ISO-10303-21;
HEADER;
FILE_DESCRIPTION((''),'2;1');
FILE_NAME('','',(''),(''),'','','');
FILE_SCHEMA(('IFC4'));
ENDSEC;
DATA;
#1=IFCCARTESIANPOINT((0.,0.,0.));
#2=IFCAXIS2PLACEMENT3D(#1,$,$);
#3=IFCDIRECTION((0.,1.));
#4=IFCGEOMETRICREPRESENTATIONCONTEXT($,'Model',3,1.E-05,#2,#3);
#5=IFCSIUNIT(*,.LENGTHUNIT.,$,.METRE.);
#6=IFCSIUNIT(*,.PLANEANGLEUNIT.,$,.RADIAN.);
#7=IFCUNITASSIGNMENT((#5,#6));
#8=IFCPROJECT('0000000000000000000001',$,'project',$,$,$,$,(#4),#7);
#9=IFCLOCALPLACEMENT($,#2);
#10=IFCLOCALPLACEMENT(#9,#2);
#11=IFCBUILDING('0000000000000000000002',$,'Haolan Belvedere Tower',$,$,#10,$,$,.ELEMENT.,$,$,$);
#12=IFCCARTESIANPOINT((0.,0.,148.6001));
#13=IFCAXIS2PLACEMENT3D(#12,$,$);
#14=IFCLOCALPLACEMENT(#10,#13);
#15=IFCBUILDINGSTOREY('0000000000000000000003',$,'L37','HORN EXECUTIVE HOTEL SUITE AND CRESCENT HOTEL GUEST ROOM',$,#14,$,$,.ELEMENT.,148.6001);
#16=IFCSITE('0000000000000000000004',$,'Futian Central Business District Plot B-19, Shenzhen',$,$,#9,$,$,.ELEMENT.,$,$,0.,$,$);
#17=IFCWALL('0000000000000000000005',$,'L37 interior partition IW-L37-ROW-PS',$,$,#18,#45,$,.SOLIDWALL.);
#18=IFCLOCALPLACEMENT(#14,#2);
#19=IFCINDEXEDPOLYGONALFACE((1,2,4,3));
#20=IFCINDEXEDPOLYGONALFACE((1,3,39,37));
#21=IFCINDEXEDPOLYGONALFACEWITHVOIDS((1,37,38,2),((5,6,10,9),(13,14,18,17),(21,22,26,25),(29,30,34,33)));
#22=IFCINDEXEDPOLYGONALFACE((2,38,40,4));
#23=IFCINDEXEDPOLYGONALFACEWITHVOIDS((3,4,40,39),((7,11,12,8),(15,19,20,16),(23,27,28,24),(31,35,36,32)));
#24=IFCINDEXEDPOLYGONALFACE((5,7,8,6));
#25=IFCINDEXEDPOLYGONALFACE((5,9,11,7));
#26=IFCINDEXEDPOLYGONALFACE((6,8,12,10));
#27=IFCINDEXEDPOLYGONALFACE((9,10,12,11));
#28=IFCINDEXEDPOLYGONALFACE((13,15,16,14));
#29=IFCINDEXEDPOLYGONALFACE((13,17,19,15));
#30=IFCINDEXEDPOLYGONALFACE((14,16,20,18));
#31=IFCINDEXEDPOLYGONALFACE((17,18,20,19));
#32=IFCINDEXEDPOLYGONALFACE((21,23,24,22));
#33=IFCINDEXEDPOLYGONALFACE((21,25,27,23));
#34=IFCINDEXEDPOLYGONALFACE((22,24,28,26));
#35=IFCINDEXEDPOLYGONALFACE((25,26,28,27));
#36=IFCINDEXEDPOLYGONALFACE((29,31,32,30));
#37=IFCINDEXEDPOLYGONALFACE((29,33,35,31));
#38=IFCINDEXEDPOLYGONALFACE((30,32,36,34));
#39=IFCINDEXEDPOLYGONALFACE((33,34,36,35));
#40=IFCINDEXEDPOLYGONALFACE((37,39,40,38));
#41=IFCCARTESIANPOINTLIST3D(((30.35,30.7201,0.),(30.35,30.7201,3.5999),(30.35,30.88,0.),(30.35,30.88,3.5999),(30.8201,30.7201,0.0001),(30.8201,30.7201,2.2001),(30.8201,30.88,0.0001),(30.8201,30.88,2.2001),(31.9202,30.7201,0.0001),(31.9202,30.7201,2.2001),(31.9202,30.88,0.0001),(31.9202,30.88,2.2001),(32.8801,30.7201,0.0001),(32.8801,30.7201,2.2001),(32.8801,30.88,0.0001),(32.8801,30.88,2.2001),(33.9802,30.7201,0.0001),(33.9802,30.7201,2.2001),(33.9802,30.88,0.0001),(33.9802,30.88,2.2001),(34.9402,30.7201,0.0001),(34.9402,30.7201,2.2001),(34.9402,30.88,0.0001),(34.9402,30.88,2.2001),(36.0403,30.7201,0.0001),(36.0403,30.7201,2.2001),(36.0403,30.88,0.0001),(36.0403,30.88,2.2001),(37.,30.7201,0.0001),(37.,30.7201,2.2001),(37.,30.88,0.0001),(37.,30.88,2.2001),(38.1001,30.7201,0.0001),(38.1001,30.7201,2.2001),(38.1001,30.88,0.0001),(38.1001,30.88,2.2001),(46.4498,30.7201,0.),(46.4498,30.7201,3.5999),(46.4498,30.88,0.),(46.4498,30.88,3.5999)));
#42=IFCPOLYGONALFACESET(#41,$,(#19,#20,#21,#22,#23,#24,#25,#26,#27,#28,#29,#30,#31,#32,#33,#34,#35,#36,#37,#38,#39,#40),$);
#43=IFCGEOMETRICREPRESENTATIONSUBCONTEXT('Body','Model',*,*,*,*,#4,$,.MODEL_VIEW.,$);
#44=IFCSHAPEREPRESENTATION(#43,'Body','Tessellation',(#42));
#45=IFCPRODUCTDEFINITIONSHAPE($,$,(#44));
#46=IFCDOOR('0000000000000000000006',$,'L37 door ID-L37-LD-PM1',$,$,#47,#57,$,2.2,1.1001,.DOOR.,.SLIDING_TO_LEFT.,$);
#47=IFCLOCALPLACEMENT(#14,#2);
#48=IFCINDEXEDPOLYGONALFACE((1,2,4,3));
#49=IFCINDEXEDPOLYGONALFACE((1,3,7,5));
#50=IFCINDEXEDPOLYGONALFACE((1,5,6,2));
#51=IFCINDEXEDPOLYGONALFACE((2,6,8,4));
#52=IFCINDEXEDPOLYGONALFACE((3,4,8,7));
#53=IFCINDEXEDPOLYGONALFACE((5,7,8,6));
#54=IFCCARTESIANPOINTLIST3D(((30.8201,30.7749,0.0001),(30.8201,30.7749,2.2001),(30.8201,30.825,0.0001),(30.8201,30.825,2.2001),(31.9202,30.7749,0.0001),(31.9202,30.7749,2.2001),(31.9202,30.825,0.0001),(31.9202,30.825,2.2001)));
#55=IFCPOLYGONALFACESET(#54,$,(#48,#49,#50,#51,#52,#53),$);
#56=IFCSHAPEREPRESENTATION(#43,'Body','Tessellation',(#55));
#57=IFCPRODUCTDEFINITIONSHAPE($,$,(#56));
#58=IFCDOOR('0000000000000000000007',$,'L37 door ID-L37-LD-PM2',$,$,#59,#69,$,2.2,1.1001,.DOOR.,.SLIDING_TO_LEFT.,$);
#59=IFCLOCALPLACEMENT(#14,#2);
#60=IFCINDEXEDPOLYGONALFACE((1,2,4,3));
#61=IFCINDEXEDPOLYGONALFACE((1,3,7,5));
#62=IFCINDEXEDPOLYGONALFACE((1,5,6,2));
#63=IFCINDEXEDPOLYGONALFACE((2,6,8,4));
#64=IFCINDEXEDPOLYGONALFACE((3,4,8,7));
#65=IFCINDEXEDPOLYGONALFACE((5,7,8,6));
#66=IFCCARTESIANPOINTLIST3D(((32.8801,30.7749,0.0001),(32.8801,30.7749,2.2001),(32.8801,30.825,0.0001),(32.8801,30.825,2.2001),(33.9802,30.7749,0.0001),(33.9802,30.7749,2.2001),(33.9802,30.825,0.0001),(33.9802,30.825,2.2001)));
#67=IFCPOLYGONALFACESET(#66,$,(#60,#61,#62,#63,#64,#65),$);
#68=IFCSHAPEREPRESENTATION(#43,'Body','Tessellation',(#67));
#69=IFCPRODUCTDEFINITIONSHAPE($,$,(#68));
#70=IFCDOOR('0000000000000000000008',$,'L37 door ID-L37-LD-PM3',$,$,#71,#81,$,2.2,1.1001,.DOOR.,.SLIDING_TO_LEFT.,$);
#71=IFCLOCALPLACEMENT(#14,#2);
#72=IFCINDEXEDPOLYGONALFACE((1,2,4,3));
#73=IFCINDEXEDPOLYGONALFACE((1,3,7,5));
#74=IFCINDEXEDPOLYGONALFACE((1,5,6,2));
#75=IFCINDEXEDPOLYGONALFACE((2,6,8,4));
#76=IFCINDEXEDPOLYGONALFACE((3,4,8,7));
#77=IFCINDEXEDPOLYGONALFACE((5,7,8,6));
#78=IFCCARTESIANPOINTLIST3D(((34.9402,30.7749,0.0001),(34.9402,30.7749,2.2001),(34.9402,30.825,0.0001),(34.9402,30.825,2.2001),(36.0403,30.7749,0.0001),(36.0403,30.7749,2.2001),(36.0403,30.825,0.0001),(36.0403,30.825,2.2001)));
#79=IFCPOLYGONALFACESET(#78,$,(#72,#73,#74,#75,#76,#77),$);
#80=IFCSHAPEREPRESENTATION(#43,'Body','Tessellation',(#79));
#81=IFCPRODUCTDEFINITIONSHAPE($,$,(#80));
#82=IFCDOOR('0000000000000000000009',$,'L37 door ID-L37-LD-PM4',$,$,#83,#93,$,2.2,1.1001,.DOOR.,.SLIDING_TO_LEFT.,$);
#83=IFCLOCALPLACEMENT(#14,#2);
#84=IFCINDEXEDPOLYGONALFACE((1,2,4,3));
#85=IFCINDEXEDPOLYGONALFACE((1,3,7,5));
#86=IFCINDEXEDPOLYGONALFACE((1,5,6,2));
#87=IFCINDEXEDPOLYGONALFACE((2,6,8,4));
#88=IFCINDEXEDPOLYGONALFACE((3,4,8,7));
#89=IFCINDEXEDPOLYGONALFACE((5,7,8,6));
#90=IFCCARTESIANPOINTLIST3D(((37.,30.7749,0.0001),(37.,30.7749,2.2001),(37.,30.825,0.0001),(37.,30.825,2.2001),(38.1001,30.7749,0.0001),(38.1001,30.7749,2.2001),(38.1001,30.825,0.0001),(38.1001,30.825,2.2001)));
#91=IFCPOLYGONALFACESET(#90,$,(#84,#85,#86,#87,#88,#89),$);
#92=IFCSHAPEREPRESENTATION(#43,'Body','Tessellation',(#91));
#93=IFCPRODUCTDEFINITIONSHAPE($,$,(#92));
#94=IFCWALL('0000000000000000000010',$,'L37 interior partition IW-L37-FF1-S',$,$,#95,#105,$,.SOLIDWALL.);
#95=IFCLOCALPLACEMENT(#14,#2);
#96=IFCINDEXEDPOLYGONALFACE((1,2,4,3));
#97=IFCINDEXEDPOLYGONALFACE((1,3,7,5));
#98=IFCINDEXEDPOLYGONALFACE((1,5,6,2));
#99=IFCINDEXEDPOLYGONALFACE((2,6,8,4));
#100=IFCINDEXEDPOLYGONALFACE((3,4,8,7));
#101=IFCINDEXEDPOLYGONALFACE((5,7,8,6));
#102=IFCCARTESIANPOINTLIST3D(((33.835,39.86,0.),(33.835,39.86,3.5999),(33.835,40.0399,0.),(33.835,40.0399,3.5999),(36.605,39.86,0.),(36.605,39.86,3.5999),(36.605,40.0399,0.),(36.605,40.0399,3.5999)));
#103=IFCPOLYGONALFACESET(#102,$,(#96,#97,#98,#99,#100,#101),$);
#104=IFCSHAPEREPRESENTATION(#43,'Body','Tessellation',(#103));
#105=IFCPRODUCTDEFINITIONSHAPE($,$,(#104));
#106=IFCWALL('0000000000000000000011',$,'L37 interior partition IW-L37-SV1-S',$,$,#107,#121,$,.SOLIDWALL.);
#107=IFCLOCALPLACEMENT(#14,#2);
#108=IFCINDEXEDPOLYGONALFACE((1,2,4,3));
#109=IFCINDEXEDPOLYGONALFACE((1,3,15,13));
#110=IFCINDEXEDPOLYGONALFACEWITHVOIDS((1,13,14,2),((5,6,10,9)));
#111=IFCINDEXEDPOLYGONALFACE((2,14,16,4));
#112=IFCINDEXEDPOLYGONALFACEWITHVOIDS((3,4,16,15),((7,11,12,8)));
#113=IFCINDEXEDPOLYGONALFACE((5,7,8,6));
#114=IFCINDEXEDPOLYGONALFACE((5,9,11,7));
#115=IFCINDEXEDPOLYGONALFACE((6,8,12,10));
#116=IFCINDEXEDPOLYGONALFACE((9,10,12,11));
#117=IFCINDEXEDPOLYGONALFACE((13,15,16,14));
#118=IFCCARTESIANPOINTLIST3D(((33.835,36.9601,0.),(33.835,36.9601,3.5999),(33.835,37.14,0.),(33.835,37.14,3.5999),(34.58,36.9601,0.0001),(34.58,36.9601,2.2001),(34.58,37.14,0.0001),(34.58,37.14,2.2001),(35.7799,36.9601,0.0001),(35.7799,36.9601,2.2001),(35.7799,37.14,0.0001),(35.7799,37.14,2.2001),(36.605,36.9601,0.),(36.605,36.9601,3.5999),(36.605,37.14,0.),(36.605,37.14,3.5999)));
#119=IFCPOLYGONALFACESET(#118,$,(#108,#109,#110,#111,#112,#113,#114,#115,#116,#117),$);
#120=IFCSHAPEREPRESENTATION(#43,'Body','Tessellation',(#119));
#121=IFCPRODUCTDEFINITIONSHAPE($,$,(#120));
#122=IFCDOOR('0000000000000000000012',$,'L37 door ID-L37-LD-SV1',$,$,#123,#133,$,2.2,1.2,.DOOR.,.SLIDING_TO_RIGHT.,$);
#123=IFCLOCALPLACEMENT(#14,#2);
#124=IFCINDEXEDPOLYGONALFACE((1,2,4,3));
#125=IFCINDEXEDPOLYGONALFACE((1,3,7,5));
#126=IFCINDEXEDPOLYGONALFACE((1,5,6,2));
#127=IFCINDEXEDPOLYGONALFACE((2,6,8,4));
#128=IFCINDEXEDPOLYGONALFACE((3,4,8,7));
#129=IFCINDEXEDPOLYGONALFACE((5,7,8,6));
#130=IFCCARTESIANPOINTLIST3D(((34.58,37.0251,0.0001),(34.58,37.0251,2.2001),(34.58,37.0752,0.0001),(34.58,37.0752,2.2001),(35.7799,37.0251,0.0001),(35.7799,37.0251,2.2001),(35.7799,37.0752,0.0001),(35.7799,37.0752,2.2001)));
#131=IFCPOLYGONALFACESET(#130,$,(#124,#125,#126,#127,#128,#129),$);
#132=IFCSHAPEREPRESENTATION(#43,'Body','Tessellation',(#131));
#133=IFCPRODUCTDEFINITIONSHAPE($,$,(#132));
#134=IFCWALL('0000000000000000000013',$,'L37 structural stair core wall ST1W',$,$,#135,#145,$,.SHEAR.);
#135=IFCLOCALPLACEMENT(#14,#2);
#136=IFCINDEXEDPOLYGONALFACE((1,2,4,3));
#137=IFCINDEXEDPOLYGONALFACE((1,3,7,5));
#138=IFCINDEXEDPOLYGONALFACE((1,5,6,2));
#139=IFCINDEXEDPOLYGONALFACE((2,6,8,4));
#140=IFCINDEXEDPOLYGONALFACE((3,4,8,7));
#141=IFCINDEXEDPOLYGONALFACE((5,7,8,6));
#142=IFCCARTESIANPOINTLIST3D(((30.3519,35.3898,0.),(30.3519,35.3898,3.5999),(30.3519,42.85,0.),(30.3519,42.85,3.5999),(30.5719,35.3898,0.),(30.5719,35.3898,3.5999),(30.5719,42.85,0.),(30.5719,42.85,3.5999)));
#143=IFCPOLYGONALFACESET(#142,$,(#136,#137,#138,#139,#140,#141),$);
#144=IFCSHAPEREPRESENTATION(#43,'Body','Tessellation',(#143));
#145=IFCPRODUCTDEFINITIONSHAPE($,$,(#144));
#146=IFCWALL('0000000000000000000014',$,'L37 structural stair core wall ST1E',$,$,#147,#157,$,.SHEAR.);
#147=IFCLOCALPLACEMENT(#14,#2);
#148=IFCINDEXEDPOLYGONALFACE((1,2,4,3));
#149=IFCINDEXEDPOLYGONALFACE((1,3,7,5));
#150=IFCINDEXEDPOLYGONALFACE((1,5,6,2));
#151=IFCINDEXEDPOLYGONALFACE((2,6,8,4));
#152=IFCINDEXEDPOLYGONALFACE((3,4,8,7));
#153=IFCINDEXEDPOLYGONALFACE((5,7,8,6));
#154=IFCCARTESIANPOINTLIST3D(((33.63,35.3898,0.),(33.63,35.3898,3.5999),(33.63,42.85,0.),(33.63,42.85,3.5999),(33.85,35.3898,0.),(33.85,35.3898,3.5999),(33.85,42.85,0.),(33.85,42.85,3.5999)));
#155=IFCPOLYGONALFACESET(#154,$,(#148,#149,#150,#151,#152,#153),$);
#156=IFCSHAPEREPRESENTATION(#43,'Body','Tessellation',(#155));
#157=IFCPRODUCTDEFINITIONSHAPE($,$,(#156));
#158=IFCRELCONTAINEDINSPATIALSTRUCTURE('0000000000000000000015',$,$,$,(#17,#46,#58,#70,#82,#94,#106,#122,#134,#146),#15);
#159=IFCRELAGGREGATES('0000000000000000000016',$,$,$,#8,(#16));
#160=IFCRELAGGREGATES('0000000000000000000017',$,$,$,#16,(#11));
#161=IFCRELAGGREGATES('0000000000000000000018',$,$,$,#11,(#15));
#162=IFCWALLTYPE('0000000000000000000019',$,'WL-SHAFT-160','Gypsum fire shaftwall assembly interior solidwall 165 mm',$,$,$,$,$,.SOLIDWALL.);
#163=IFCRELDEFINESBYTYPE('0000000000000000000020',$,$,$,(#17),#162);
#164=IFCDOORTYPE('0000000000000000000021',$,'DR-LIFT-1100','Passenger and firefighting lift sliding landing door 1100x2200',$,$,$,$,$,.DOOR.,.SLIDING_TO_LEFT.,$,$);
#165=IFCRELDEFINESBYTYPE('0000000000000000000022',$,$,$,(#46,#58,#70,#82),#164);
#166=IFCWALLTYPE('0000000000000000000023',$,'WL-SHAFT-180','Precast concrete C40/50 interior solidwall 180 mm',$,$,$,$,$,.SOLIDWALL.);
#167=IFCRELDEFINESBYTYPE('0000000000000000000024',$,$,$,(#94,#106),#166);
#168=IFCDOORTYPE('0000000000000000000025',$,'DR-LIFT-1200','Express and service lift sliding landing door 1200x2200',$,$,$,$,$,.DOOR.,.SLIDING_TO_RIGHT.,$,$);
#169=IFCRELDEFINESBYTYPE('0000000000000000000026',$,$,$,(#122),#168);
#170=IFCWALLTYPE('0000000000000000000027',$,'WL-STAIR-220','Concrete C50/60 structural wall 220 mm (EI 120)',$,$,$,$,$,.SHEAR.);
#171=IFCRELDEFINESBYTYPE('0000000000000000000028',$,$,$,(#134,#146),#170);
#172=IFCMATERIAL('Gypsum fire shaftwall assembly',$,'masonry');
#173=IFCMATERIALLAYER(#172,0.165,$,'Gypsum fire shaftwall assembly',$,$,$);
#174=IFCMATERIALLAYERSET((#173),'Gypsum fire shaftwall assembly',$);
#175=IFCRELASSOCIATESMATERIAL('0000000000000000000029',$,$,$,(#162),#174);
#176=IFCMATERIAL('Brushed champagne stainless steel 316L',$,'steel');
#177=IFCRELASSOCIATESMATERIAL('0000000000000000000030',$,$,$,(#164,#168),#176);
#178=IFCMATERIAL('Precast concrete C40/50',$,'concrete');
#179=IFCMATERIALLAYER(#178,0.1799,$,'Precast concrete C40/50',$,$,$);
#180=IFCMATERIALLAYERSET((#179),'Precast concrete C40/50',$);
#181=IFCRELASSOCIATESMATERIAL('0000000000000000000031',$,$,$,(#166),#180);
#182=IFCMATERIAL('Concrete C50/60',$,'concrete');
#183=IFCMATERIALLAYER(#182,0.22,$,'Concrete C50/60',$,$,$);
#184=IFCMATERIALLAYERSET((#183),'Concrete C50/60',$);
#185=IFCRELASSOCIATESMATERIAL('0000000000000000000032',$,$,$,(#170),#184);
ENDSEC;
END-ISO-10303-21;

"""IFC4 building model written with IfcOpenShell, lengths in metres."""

from ifc_helpers import new_model, si_unit, direction, frame, frame_2d, origin, place, context, subcontext, project, spatial, rectangle, extrude, material, layer, layer_set, type_object, element, fill, save


model = new_model("IFC4")

# Units and contexts
model_context = context("Model", 3, precision=1e-05, world=origin(), true_north=direction((0.0, 1.0)))
body_context = subcontext(model_context, "Body", "Model", "MODEL_VIEW")
ifc_project = project(units=[si_unit("LENGTHUNIT", "METRE"), si_unit("PLANEANGLEUNIT", "RADIAN")], contexts=[model_context])

# Site, building, storey
site_placement = place(None, origin())
site = spatial("IfcSite", under=ifc_project, at=site_placement, Name="Futian Central Business District Plot B-19, Shenzhen", CompositionType="ELEMENT", RefElevation=0.0)
building_placement = place(site_placement, origin())
building = spatial("IfcBuilding", under=site, at=building_placement, Name="Haolan Belvedere Tower", CompositionType="ELEMENT")
storey_placement = place(building_placement, frame((0.0, 0.0, 148.6001)))
storey = spatial("IfcBuildingStorey", under=building, at=storey_placement, Name="L37", Description="HORN EXECUTIVE HOTEL SUITE AND CRESCENT HOTEL GUEST ROOM", CompositionType="ELEMENT", Elevation=148.6001)

# Shared definitions
ifc_material_1 = material(Name="Gypsum fire shaftwall assembly", Category="masonry")
ifc_layer_1 = layer(ifc_material_1, 0.165, Name="Gypsum fire shaftwall assembly")
ifc_layer_set_1 = layer_set([ifc_layer_1], Name="Gypsum fire shaftwall assembly")
wall_type_1 = type_object("IfcWallType", Name="WL-SHAFT-160", Description="Gypsum fire shaftwall assembly interior solidwall 165 mm", PredefinedType="SOLIDWALL", material=ifc_layer_set_1)

# Wall, openings, doors
wall_1_placement = place(storey_placement, frame((30.3501, 30.8, 0.0), z_axis=(0.0, 0.0, 1.0), x_axis=(1.0, 0.0, 0.0)))
wall_1 = element("IfcWall", 1, at=wall_1_placement, inside=storey, type_object=wall_type_1, Name="L37 interior partition IW-L37-ROW-PS", PredefinedType="SOLIDWALL", context=body_context, shape_type="SweptSolid", body=[
    extrude(rectangle(XDim=16.0999, YDim=0.1599, at=frame_2d((8.0498, 0.0))), origin(), (0.0, 0.0, 1.0), 3.5999),
])
opening_1_placement = place(wall_1_placement, frame((0.47, 0.0, 0.0)))
opening_1 = element("IfcOpeningElement", 2, at=opening_1_placement, cuts=wall_1, PredefinedType="OPENING", context=body_context, shape_type="SweptSolid", body=[
    extrude(rectangle(XDim=1.1001, YDim=2.2, at=frame_2d((0.55, 1.1001))), frame((0.0, 0.0898, 0.0), z_axis=(0.0, -1.0, 0.0), x_axis=(1.0, 0.0, 0.0)), (0.0, 0.0, 1.0), 0.1799),
])
opening_2_placement = place(wall_1_placement, frame((2.53, 0.0, 0.0)))
opening_2 = element("IfcOpeningElement", 3, at=opening_2_placement, cuts=wall_1, PredefinedType="OPENING", context=body_context, shape_type="SweptSolid", body=[
    extrude(rectangle(XDim=1.1001, YDim=2.2, at=frame_2d((0.55, 1.1001))), frame((0.0, 0.0898, 0.0), z_axis=(0.0, -1.0, 0.0), x_axis=(1.0, 0.0, 0.0)), (0.0, 0.0, 1.0), 0.1799),
])
opening_3_placement = place(wall_1_placement, frame((4.5901, 0.0, 0.0)))
opening_3 = element("IfcOpeningElement", 4, at=opening_3_placement, cuts=wall_1, PredefinedType="OPENING", context=body_context, shape_type="SweptSolid", body=[
    extrude(rectangle(XDim=1.1001, YDim=2.2, at=frame_2d((0.55, 1.1001))), frame((0.0, 0.0898, 0.0), z_axis=(0.0, -1.0, 0.0), x_axis=(1.0, 0.0, 0.0)), (0.0, 0.0, 1.0), 0.1799),
])
opening_4_placement = place(wall_1_placement, frame((6.6499, 0.0, 0.0)))
opening_4 = element("IfcOpeningElement", 5, at=opening_4_placement, cuts=wall_1, PredefinedType="OPENING", context=body_context, shape_type="SweptSolid", body=[
    extrude(rectangle(XDim=1.1001, YDim=2.2, at=frame_2d((0.55, 1.1001))), frame((0.0, 0.0898, 0.0), z_axis=(0.0, -1.0, 0.0), x_axis=(1.0, 0.0, 0.0)), (0.0, 0.0, 1.0), 0.1799),
])
ifc_material_2 = material(Name="Brushed champagne stainless steel 316L", Category="steel")
door_type_1 = type_object("IfcDoorType", Name="DR-LIFT-1100", Description="Passenger and firefighting lift sliding landing door 1100x2200", OperationType="SLIDING_TO_LEFT", PredefinedType="DOOR", material=ifc_material_2)
door_1_placement = place(opening_1_placement, origin())
door_1 = element("IfcDoor", 6, at=door_1_placement, inside=storey, type_object=door_type_1, Name="L37 door ID-L37-LD-PM1", OperationType="SLIDING_TO_LEFT", OverallHeight=2.2, OverallWidth=1.1001, PredefinedType="DOOR", context=body_context, shape_type="SweptSolid", body=[
    extrude(rectangle(XDim=1.1001, YDim=2.2, at=frame_2d((0.55, 1.1001))), frame((0.0, 0.0249, 0.0), z_axis=(0.0, -1.0, 0.0), x_axis=(1.0, 0.0, 0.0)), (0.0, 0.0, 1.0), 0.05),
])
fill(opening_1, door_1)
door_2_placement = place(opening_2_placement, origin())
door_2 = element("IfcDoor", 7, at=door_2_placement, inside=storey, type_object=door_type_1, Name="L37 door ID-L37-LD-PM2", OperationType="SLIDING_TO_LEFT", OverallHeight=2.2, OverallWidth=1.1001, PredefinedType="DOOR", context=body_context, shape_type="SweptSolid", body=[
    extrude(rectangle(XDim=1.1001, YDim=2.2, at=frame_2d((0.55, 1.1001))), frame((0.0, 0.0249, 0.0), z_axis=(0.0, -1.0, 0.0), x_axis=(1.0, 0.0, 0.0)), (0.0, 0.0, 1.0), 0.05),
])
fill(opening_2, door_2)
door_3_placement = place(opening_3_placement, origin())
door_3 = element("IfcDoor", 8, at=door_3_placement, inside=storey, type_object=door_type_1, Name="L37 door ID-L37-LD-PM3", OperationType="SLIDING_TO_LEFT", OverallHeight=2.2, OverallWidth=1.1001, PredefinedType="DOOR", context=body_context, shape_type="SweptSolid", body=[
    extrude(rectangle(XDim=1.1001, YDim=2.2, at=frame_2d((0.55, 1.1001))), frame((0.0, 0.0249, 0.0), z_axis=(0.0, -1.0, 0.0), x_axis=(1.0, 0.0, 0.0)), (0.0, 0.0, 1.0), 0.05),
])
fill(opening_3, door_3)
door_4_placement = place(opening_4_placement, origin())
door_4 = element("IfcDoor", 9, at=door_4_placement, inside=storey, type_object=door_type_1, Name="L37 door ID-L37-LD-PM4", OperationType="SLIDING_TO_LEFT", OverallHeight=2.2, OverallWidth=1.1001, PredefinedType="DOOR", context=body_context, shape_type="SweptSolid", body=[
    extrude(rectangle(XDim=1.1001, YDim=2.2, at=frame_2d((0.55, 1.1001))), frame((0.0, 0.0249, 0.0), z_axis=(0.0, -1.0, 0.0), x_axis=(1.0, 0.0, 0.0)), (0.0, 0.0, 1.0), 0.05),
])
fill(opening_4, door_4)

# Wall
ifc_material_3 = material(Name="Precast concrete C40/50", Category="concrete")
ifc_layer_2 = layer(ifc_material_3, 0.1799, Name="Precast concrete C40/50")
ifc_layer_set_2 = layer_set([ifc_layer_2], Name="Precast concrete C40/50")
wall_type_2 = type_object("IfcWallType", Name="WL-SHAFT-180", Description="Precast concrete C40/50 interior solidwall 180 mm", PredefinedType="SOLIDWALL", material=ifc_layer_set_2)
wall_2_placement = place(storey_placement, frame((33.835, 39.95, 0.0), z_axis=(0.0, 0.0, 1.0), x_axis=(1.0, 0.0, 0.0)))
element("IfcWall", 10, at=wall_2_placement, inside=storey, type_object=wall_type_2, Name="L37 interior partition IW-L37-FF1-S", PredefinedType="SOLIDWALL", context=body_context, shape_type="SweptSolid", body=[
    extrude(rectangle(XDim=2.77, YDim=0.1799, at=frame_2d((1.385, 0.0))), origin(), (0.0, 0.0, 1.0), 3.5999),
])

# Wall, opening, door
wall_3_placement = place(storey_placement, frame((33.835, 37.05, 0.0), z_axis=(0.0, 0.0, 1.0), x_axis=(1.0, 0.0, 0.0)))
wall_3 = element("IfcWall", 11, at=wall_3_placement, inside=storey, type_object=wall_type_2, Name="L37 interior partition IW-L37-SV1-S", PredefinedType="SOLIDWALL", context=body_context, shape_type="SweptSolid", body=[
    extrude(rectangle(XDim=2.77, YDim=0.1799, at=frame_2d((1.385, 0.0))), origin(), (0.0, 0.0, 1.0), 3.5999),
])
opening_5_placement = place(wall_3_placement, frame((1.9451, 0.0, 0.0), z_axis=(0.0, 0.0, 1.0), x_axis=(-1.0, 0.0, 0.0)))
opening_5 = element("IfcOpeningElement", 12, at=opening_5_placement, cuts=wall_3, PredefinedType="OPENING", context=body_context, shape_type="SweptSolid", body=[
    extrude(rectangle(XDim=1.2, YDim=2.2, at=frame_2d((0.6001, 1.1001))), frame((0.0, 0.0999, 0.0), z_axis=(0.0, -1.0, 0.0), x_axis=(1.0, 0.0, 0.0)), (0.0, 0.0, 1.0), 0.2),
])
door_type_2 = type_object("IfcDoorType", Name="DR-LIFT-1200", Description="Express and service lift sliding landing door 1200x2200", OperationType="SLIDING_TO_RIGHT", PredefinedType="DOOR", material=ifc_material_2)
door_5_placement = place(opening_5_placement, origin())
door_5 = element("IfcDoor", 13, at=door_5_placement, inside=storey, type_object=door_type_2, Name="L37 door ID-L37-LD-SV1", OperationType="SLIDING_TO_RIGHT", OverallHeight=2.2, OverallWidth=1.2, PredefinedType="DOOR", context=body_context, shape_type="SweptSolid", body=[
    extrude(rectangle(XDim=1.2, YDim=2.2, at=frame_2d((0.6001, 1.1001))), frame((0.0, 0.0249, 0.0), z_axis=(0.0, -1.0, 0.0), x_axis=(1.0, 0.0, 0.0)), (0.0, 0.0, 1.0), 0.05),
])
fill(opening_5, door_5)

# Walls
ifc_material_4 = material(Name="Concrete C50/60", Category="concrete")
ifc_layer_3 = layer(ifc_material_4, 0.22, Name="Concrete C50/60")
ifc_layer_set_3 = layer_set([ifc_layer_3], Name="Concrete C50/60")
wall_type_3 = type_object("IfcWallType", Name="WL-STAIR-220", Description="Concrete C50/60 structural wall 220 mm (EI 120)", PredefinedType="SHEAR", material=ifc_layer_set_3)
for number, where, z_axis, x_axis, name in (
    (14, (30.4619, 35.3899, 0.0), (0.0, 0.0, 1.0), (0.0, 1.0, 0.0), "L37 structural stair core wall ST1W"),
    (15, (33.74, 35.3899, 0.0), (0.0, 0.0, 1.0), (0.0, 1.0, 0.0), "L37 structural stair core wall ST1E"),
):
    element("IfcWall", number, at=place(storey_placement, frame(where, z_axis=z_axis, x_axis=x_axis)), inside=storey, type_object=wall_type_3, Name=name, PredefinedType="SHEAR", context=body_context, shape_type="SweptSolid", body=[
        extrude(rectangle(XDim=7.4602, YDim=0.22, at=frame_2d((3.73, 0.0))), origin(), (0.0, 0.0, 1.0), 3.5999),
    ])

save(model, "model.ifc")
